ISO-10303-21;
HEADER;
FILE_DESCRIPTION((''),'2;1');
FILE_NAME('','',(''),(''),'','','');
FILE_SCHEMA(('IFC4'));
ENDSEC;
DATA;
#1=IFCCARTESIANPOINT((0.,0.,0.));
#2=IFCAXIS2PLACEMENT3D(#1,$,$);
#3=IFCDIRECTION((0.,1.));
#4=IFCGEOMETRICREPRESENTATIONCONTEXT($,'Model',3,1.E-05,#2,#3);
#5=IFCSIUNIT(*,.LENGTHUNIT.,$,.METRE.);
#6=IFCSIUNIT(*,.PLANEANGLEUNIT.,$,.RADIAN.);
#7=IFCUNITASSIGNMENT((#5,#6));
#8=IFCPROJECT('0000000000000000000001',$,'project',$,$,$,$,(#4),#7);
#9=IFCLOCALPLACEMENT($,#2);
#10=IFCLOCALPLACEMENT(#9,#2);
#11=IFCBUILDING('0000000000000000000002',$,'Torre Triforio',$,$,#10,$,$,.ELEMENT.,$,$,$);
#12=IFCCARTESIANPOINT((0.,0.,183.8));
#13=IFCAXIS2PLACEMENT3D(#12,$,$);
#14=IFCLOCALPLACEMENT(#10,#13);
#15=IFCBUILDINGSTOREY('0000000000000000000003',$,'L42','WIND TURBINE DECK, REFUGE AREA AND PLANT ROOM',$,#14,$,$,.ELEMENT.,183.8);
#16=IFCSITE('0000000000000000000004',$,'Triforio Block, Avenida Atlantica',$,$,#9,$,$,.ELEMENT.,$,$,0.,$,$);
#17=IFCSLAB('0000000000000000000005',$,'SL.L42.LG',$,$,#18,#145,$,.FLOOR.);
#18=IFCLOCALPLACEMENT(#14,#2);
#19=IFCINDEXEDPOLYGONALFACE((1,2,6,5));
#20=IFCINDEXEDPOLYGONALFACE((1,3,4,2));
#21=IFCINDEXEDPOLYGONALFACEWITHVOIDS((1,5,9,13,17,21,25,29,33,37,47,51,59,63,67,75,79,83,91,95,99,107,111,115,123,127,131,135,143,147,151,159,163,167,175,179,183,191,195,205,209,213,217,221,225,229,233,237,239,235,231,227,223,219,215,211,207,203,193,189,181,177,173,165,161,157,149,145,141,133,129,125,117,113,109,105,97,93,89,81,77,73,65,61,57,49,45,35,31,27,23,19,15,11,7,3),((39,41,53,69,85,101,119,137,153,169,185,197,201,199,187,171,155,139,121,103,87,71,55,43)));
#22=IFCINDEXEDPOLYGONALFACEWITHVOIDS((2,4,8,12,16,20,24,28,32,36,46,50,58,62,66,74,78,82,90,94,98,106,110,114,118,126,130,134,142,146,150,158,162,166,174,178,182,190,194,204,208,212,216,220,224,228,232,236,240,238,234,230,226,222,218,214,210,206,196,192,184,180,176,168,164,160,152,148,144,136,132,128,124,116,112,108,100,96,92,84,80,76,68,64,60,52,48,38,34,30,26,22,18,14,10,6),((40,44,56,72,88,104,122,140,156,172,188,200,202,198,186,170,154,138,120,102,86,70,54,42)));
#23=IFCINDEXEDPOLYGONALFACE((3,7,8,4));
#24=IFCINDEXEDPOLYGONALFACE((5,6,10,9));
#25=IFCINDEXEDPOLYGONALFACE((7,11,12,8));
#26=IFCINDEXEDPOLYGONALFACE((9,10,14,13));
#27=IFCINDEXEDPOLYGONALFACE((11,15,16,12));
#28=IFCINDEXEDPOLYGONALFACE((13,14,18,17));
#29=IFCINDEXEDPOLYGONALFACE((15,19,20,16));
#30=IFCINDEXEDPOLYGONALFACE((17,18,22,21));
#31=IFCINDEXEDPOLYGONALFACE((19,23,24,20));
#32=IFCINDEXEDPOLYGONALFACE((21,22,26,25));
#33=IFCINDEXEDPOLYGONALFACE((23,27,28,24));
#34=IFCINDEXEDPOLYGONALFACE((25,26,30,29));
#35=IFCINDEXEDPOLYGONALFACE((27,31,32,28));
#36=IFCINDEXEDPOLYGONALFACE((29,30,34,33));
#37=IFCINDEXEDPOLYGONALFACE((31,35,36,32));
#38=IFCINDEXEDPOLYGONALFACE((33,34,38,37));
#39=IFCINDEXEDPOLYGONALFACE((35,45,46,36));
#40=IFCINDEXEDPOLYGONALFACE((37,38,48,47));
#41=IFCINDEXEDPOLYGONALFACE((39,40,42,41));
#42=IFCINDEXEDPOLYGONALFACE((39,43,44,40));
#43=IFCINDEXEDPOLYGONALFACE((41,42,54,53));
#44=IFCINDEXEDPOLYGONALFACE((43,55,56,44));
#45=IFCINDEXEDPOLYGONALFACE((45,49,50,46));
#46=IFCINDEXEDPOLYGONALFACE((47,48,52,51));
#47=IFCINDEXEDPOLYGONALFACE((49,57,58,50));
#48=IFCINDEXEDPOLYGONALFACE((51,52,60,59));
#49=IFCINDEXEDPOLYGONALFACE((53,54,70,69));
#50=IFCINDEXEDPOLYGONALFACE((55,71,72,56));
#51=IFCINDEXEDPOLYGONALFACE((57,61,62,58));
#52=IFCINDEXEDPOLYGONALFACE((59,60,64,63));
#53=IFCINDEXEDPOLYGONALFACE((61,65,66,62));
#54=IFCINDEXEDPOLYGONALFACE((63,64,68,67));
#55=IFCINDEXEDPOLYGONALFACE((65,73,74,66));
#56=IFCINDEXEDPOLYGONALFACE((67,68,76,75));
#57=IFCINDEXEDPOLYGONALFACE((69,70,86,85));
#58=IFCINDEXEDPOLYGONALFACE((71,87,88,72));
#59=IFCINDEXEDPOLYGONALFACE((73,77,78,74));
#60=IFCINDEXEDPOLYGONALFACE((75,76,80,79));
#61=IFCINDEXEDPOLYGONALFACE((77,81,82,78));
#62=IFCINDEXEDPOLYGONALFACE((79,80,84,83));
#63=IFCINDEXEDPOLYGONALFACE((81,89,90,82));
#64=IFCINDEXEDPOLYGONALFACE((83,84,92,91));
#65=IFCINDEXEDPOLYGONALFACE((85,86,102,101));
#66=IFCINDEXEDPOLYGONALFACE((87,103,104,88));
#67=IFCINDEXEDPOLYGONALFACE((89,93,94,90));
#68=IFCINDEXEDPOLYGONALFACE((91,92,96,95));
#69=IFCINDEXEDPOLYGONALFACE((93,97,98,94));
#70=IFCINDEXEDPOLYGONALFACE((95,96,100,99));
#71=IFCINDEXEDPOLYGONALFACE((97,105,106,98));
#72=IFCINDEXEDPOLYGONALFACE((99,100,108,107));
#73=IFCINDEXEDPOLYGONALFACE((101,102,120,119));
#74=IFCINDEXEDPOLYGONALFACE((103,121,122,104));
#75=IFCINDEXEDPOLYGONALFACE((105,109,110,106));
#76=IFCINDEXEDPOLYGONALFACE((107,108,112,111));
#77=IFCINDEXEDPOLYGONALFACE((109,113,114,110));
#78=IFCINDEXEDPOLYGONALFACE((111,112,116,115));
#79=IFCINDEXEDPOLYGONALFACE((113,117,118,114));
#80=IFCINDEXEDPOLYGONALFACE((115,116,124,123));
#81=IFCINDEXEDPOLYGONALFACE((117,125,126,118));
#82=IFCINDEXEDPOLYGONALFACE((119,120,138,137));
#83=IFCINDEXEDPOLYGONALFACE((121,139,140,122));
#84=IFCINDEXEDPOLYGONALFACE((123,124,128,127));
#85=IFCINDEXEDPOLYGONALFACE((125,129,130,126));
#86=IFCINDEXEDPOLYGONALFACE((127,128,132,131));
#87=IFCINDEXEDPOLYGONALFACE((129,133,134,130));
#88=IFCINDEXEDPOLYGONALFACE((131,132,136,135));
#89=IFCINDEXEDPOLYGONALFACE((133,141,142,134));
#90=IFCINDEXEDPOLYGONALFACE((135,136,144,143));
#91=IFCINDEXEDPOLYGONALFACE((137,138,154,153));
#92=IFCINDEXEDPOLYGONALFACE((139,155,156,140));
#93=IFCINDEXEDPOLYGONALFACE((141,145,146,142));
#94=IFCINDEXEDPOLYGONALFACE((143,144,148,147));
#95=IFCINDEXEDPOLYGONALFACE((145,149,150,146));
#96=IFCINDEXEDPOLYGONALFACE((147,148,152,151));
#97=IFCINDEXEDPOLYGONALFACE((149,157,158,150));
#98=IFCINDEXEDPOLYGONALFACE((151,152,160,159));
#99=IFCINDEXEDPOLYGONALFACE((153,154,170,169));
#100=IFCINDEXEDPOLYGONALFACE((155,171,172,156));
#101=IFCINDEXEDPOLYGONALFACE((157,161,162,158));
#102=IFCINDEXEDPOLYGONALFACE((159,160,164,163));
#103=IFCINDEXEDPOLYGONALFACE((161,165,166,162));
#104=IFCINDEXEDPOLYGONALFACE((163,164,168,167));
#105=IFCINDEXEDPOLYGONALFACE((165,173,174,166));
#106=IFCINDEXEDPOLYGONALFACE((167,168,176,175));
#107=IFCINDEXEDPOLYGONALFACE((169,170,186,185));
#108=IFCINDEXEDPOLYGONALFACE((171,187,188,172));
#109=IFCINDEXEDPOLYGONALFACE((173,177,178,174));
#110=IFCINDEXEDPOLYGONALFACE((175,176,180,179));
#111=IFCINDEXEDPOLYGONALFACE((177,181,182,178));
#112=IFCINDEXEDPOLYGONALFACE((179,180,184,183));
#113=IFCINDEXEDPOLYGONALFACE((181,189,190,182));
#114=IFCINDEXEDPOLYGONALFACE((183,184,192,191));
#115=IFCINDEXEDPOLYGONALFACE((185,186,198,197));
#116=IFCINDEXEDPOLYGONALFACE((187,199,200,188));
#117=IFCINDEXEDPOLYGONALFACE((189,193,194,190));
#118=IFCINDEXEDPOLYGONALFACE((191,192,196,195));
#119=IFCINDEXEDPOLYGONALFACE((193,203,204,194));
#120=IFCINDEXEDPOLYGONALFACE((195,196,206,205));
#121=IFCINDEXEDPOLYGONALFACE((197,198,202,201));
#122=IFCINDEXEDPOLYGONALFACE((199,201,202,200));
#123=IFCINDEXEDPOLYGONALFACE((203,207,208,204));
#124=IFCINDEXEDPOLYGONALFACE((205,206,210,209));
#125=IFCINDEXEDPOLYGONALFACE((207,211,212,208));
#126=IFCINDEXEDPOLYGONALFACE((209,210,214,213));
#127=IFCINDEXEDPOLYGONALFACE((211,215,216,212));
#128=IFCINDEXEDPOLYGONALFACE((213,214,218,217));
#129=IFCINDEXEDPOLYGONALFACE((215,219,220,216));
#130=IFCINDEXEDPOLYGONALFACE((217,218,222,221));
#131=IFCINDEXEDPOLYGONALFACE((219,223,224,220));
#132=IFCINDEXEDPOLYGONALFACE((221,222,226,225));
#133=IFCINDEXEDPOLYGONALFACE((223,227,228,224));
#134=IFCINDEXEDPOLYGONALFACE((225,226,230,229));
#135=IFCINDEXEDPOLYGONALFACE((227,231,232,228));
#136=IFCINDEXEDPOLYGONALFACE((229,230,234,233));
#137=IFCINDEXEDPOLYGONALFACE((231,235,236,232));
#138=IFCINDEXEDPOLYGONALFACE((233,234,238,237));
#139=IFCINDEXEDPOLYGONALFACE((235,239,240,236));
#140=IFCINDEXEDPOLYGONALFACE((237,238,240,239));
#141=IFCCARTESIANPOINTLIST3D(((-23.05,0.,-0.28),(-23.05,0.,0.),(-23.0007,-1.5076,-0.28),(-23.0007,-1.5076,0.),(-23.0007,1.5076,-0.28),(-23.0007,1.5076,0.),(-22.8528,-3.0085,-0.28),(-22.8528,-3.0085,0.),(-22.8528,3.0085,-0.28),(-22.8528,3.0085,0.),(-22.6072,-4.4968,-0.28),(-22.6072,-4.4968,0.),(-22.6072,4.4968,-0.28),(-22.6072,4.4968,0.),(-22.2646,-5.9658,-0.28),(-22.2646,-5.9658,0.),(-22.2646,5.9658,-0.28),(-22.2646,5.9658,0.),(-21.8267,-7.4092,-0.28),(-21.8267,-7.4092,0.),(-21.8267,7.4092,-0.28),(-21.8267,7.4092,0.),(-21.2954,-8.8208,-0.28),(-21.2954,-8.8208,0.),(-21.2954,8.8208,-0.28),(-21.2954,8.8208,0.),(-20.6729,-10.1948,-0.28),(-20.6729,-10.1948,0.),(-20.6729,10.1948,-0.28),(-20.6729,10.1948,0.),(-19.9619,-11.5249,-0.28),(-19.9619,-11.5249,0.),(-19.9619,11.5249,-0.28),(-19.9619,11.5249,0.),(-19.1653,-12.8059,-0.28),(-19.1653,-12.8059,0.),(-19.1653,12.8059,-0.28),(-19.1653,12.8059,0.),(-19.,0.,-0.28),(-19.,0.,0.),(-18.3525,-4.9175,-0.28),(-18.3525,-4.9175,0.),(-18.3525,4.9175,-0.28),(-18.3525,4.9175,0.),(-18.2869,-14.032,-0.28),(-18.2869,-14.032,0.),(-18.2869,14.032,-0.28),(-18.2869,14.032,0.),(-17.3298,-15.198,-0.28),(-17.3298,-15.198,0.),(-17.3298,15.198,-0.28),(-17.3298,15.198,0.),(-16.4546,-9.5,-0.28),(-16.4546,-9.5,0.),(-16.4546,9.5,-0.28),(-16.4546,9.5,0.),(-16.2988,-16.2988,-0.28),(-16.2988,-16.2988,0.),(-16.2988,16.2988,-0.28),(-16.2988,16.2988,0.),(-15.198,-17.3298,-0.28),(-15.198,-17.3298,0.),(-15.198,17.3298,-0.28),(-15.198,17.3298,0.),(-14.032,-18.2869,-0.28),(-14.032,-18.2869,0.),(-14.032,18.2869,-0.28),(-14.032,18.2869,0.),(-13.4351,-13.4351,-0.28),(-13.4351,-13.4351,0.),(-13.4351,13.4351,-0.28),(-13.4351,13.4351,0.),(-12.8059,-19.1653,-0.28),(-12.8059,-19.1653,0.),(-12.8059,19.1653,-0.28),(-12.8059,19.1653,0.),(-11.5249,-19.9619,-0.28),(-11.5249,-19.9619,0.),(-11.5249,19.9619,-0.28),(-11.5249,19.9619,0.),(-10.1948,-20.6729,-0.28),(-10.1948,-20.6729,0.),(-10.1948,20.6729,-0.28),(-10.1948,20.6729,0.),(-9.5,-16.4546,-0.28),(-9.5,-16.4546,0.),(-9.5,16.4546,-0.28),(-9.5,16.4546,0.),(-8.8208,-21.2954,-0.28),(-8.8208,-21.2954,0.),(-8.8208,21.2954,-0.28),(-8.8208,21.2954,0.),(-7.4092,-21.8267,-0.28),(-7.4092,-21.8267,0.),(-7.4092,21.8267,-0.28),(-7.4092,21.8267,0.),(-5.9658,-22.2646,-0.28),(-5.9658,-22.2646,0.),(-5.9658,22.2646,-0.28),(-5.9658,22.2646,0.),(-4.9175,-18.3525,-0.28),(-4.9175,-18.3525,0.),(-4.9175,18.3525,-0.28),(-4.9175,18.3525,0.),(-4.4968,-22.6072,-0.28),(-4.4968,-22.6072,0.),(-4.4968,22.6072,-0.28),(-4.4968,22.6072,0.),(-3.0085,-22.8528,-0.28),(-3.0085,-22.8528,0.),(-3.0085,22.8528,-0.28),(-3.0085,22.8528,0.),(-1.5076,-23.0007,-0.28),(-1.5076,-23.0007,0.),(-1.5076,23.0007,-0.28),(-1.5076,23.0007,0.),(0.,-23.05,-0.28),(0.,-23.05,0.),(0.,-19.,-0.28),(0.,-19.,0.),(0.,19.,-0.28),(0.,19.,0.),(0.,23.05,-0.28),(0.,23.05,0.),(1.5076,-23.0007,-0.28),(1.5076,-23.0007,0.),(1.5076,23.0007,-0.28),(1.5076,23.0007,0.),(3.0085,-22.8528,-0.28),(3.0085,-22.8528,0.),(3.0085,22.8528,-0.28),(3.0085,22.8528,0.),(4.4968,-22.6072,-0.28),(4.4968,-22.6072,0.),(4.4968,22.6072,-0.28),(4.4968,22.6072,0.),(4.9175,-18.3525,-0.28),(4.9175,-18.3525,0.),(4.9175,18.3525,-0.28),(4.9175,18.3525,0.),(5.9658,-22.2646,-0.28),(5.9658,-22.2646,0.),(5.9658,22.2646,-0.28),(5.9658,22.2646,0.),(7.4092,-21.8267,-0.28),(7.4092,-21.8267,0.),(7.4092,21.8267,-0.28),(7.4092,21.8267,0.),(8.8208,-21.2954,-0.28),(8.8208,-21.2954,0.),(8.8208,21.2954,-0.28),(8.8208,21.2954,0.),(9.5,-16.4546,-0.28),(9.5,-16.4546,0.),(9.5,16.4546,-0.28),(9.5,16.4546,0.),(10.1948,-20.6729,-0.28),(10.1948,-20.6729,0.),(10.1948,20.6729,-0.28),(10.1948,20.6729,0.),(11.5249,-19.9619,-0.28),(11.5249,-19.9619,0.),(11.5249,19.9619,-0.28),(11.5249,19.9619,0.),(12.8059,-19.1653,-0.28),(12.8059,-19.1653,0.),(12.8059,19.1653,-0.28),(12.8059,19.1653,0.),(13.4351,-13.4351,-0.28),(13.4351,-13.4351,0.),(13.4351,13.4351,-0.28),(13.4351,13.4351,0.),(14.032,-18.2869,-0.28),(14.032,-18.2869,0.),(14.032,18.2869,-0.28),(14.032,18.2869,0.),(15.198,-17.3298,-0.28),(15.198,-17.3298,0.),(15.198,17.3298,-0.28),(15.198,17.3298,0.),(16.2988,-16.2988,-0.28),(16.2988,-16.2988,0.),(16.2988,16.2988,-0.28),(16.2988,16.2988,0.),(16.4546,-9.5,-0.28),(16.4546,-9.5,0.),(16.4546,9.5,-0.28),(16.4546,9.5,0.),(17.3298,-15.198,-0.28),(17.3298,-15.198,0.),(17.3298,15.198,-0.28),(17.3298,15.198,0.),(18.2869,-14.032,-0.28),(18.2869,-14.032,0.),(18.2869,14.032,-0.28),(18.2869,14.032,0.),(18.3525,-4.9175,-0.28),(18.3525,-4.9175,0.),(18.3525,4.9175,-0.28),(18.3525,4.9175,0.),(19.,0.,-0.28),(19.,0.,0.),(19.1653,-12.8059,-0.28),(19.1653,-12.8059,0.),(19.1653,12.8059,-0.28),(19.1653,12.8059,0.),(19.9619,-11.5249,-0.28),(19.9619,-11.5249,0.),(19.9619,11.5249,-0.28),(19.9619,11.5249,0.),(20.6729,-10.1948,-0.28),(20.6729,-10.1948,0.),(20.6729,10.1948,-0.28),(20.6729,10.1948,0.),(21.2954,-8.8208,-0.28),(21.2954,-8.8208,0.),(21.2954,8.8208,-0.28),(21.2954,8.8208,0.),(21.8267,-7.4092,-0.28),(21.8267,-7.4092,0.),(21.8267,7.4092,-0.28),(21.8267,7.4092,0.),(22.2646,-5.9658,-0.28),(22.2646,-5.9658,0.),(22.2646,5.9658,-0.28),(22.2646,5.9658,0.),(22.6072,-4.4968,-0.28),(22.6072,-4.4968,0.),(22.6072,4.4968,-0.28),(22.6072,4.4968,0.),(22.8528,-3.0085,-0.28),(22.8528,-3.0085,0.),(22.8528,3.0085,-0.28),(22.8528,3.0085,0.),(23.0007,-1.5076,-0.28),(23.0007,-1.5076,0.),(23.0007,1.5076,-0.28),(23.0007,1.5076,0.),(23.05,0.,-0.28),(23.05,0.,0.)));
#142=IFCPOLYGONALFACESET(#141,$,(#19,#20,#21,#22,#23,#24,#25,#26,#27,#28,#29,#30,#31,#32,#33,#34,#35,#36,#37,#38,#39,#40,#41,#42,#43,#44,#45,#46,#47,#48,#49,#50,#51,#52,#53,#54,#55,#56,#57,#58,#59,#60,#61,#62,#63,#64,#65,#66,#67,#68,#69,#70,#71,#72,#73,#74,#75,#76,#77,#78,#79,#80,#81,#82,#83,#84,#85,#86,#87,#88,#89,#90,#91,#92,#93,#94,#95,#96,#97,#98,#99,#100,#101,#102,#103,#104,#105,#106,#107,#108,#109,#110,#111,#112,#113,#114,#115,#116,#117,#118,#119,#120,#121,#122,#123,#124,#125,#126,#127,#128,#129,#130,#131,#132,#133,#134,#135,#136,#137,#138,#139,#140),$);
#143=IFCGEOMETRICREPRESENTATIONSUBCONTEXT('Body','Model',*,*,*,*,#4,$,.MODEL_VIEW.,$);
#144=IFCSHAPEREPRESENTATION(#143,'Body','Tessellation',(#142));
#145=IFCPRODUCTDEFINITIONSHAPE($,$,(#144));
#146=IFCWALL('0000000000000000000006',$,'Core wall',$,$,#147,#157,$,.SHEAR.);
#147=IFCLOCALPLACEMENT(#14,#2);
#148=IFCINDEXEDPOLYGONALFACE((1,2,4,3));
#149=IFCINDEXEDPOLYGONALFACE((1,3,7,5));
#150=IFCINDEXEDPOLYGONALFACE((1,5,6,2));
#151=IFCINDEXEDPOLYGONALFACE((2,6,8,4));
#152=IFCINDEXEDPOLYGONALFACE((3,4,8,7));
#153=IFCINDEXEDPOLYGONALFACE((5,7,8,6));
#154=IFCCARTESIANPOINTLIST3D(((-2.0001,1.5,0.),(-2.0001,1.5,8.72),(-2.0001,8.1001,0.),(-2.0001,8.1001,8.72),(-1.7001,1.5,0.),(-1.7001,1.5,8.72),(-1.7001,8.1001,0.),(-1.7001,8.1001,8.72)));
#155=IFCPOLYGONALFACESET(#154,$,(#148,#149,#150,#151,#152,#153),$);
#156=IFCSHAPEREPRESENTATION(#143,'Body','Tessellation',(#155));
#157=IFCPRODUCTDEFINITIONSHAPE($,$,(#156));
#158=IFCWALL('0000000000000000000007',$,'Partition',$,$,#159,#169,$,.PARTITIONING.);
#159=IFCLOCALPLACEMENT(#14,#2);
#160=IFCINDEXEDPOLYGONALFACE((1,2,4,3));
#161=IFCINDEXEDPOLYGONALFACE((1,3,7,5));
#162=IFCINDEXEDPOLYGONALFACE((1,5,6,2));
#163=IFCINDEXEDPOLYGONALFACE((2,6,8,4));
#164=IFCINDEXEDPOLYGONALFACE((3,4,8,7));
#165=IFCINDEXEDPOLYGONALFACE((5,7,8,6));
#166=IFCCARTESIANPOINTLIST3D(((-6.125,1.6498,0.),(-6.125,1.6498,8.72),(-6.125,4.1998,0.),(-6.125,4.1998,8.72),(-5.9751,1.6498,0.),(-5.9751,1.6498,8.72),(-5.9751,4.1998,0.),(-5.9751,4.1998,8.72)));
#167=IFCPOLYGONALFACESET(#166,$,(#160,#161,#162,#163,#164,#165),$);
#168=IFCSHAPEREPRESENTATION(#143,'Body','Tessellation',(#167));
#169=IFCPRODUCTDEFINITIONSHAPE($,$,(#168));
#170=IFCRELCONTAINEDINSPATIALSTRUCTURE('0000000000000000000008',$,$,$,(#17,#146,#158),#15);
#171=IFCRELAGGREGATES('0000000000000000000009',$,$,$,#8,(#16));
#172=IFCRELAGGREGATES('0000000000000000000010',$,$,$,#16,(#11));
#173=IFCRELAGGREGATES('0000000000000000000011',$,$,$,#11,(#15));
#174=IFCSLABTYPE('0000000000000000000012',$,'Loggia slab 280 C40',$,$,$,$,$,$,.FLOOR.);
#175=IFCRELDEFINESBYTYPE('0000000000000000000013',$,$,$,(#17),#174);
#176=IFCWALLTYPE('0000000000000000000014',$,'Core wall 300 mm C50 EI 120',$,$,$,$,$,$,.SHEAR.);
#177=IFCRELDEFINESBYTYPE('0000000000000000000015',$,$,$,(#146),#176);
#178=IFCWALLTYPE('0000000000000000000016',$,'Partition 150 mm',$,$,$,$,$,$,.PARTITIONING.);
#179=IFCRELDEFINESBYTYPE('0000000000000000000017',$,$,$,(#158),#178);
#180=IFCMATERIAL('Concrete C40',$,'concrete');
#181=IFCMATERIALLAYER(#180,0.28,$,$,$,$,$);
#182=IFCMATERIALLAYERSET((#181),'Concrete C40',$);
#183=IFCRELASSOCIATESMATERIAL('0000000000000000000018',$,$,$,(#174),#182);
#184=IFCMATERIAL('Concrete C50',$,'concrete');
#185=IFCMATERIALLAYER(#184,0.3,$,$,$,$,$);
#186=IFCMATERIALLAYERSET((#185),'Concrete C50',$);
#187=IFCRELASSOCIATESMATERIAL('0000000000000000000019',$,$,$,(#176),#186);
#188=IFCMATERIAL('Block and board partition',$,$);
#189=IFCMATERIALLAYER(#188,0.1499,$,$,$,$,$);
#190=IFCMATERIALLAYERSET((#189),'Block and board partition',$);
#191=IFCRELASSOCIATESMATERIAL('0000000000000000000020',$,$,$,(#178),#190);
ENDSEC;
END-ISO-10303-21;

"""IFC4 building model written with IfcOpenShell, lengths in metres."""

from ifc_helpers import new_model, si_unit, direction, frame, frame_2d, origin, place, context, subcontext, project, spatial, polyline, rectangle, outline, extrude, material, layer, layer_set, type_object, element, save


model = new_model("IFC4")

# Units and contexts
model_context = context("Model", 3, precision=1e-05, world=origin(), true_north=direction((0.0, 1.0)))
body_context = subcontext(model_context, "Body", "Model", "MODEL_VIEW")
ifc_project = project(units=[si_unit("LENGTHUNIT", "METRE"), si_unit("PLANEANGLEUNIT", "RADIAN")], contexts=[model_context])

# Site, building, storey
site_placement = place(None, origin())
site = spatial("IfcSite", under=ifc_project, at=site_placement, Name="Triforio Block, Avenida Atlantica", CompositionType="ELEMENT", RefElevation=0.0)
building_placement = place(site_placement, origin())
building = spatial("IfcBuilding", under=site, at=building_placement, Name="Torre Triforio", CompositionType="ELEMENT")
storey_placement = place(building_placement, frame((0.0, 0.0, 183.8)))
storey = spatial("IfcBuildingStorey", under=building, at=storey_placement, Name="L42", Description="WIND TURBINE DECK, REFUGE AREA AND PLANT ROOM", CompositionType="ELEMENT", Elevation=183.8)

# Shared definitions
ifc_material_1 = material(Name="Concrete C40", Category="concrete")

# Slab
ifc_layer_1 = layer(ifc_material_1, 0.28)
ifc_layer_set_1 = layer_set([ifc_layer_1], Name="Concrete C40")
slab_type_1 = type_object("IfcSlabType", Name="Loggia slab 280 C40", PredefinedType="FLOOR", material=ifc_layer_set_1)
slab_1_placement = place(storey_placement, frame((0.0, 0.0, -0.28)))
element("IfcSlab", 1, at=slab_1_placement, inside=storey, type_object=slab_type_1, Name="SL.L42.LG", PredefinedType="FLOOR", context=body_context, shape_type="SweptSolid", body=[
    extrude(outline(polyline([(23.0007, -1.5076), (23.05, 0.0), (23.0007, 1.5076), (22.8528, 3.0085), (22.6072, 4.4968), (22.2646, 5.9658), (21.8267, 7.4092), (21.2954, 8.8208), (20.6729, 10.1948), (19.9619, 11.5249), (19.1653, 12.8059), (18.2869, 14.032), (17.3298, 15.198), (16.2988, 16.2988), (15.198, 17.3298), (14.032, 18.2869), (12.8059, 19.1653), (11.5249, 19.9619), (10.1948, 20.6729), (8.8208, 21.2954), (7.4092, 21.8267), (5.9658, 22.2646), (4.4968, 22.6072), (3.0085, 22.8528), (1.5076, 23.0007), (0.0, 23.05), (-1.5076, 23.0007), (-3.0085, 22.8528), (-4.4968, 22.6072), (-5.9658, 22.2646), (-7.4092, 21.8267), (-8.8208, 21.2954), (-10.1948, 20.6729), (-11.5249, 19.9619), (-12.8059, 19.1653), (-14.032, 18.2869), (-15.198, 17.3298), (-16.2988, 16.2988), (-17.3298, 15.198), (-18.2869, 14.032), (-19.1653, 12.8059), (-19.9619, 11.5249), (-20.6729, 10.1948), (-21.2954, 8.8208), (-21.8267, 7.4092), (-22.2646, 5.9658), (-22.6072, 4.4968), (-22.8528, 3.0085), (-23.0007, 1.5076), (-23.05, 0.0), (-23.0007, -1.5076), (-22.8528, -3.0085), (-22.6072, -4.4968), (-22.2646, -5.9658), (-21.8267, -7.4092), (-21.2954, -8.8208), (-20.6729, -10.1948), (-19.9619, -11.5249), (-19.1653, -12.8059), (-18.2869, -14.032), (-17.3298, -15.198), (-16.2988, -16.2988), (-15.198, -17.3298), (-14.032, -18.2869), (-12.8059, -19.1653), (-11.5249, -19.9619), (-10.1948, -20.6729), (-8.8208, -21.2954), (-7.4092, -21.8267), (-5.9658, -22.2646), (-4.4968, -22.6072), (-3.0085, -22.8528), (-1.5076, -23.0007), (0.0, -23.05), (1.5076, -23.0007), (3.0085, -22.8528), (4.4968, -22.6072), (5.9658, -22.2646), (7.4092, -21.8267), (8.8208, -21.2954), (10.1948, -20.6729), (11.5249, -19.9619), (12.8059, -19.1653), (14.032, -18.2869), (15.198, -17.3298), (16.2988, -16.2988), (17.3298, -15.198), (18.2869, -14.032), (19.1653, -12.8059), (19.9619, -11.5249), (20.6729, -10.1948), (21.2954, -8.8208), (21.8267, -7.4092), (22.2646, -5.9658), (22.6072, -4.4968), (22.8528, -3.0085), (23.0007, -1.5076)]), holes=[polyline([(18.3525, 4.9175), (19.0, 0.0), (18.3525, -4.9175), (16.4546, -9.5), (13.4351, -13.4351), (9.5, -16.4546), (4.9175, -18.3525), (0.0, -19.0), (-4.9175, -18.3525), (-9.5, -16.4546), (-13.4351, -13.4351), (-16.4546, -9.5), (-18.3525, -4.9175), (-19.0, 0.0), (-18.3525, 4.9175), (-16.4546, 9.5), (-13.4351, 13.4351), (-9.5, 16.4546), (-4.9175, 18.3525), (0.0, 19.0), (4.9175, 18.3525), (9.5, 16.4546), (13.4351, 13.4351), (16.4546, 9.5), (18.3525, 4.9175)])]), origin(), (0.0, 0.0, 1.0), 0.28),
])

# Walls
ifc_material_2 = material(Name="Concrete C50", Category="concrete")
ifc_layer_2 = layer(ifc_material_2, 0.3)
ifc_layer_set_2 = layer_set([ifc_layer_2], Name="Concrete C50")
wall_type_1 = type_object("IfcWallType", Name="Core wall 300 mm C50 EI 120", PredefinedType="SHEAR", material=ifc_layer_set_2)
wall_1_placement = place(storey_placement, frame((-1.8501, 1.5, 0.0), z_axis=(0.0, 0.0, 1.0), x_axis=(0.0, 1.0, 0.0)))
element("IfcWall", 2, at=wall_1_placement, inside=storey, type_object=wall_type_1, Name="Core wall", PredefinedType="SHEAR", context=body_context, shape_type="SweptSolid", body=[
    extrude(rectangle(XDim=6.6001, YDim=0.3, at=frame_2d((3.3, 0.0))), origin(), (0.0, 0.0, 1.0), 8.72),
])
ifc_material_3 = material(Name="Block and board partition")
ifc_layer_3 = layer(ifc_material_3, 0.1499)
ifc_layer_set_3 = layer_set([ifc_layer_3], Name="Block and board partition")
wall_type_2 = type_object("IfcWallType", Name="Partition 150 mm", PredefinedType="PARTITIONING", material=ifc_layer_set_3)
wall_2_placement = place(storey_placement, frame((-6.05, 1.6499, 0.0), z_axis=(0.0, 0.0, 1.0), x_axis=(0.0, 1.0, 0.0)))
element("IfcWall", 3, at=wall_2_placement, inside=storey, type_object=wall_type_2, Name="Partition", PredefinedType="PARTITIONING", context=body_context, shape_type="SweptSolid", body=[
    extrude(rectangle(XDim=2.55, YDim=0.1499, at=frame_2d((1.2749, 0.0))), origin(), (0.0, 0.0, 1.0), 8.72),
])

save(model, "model.ifc")
